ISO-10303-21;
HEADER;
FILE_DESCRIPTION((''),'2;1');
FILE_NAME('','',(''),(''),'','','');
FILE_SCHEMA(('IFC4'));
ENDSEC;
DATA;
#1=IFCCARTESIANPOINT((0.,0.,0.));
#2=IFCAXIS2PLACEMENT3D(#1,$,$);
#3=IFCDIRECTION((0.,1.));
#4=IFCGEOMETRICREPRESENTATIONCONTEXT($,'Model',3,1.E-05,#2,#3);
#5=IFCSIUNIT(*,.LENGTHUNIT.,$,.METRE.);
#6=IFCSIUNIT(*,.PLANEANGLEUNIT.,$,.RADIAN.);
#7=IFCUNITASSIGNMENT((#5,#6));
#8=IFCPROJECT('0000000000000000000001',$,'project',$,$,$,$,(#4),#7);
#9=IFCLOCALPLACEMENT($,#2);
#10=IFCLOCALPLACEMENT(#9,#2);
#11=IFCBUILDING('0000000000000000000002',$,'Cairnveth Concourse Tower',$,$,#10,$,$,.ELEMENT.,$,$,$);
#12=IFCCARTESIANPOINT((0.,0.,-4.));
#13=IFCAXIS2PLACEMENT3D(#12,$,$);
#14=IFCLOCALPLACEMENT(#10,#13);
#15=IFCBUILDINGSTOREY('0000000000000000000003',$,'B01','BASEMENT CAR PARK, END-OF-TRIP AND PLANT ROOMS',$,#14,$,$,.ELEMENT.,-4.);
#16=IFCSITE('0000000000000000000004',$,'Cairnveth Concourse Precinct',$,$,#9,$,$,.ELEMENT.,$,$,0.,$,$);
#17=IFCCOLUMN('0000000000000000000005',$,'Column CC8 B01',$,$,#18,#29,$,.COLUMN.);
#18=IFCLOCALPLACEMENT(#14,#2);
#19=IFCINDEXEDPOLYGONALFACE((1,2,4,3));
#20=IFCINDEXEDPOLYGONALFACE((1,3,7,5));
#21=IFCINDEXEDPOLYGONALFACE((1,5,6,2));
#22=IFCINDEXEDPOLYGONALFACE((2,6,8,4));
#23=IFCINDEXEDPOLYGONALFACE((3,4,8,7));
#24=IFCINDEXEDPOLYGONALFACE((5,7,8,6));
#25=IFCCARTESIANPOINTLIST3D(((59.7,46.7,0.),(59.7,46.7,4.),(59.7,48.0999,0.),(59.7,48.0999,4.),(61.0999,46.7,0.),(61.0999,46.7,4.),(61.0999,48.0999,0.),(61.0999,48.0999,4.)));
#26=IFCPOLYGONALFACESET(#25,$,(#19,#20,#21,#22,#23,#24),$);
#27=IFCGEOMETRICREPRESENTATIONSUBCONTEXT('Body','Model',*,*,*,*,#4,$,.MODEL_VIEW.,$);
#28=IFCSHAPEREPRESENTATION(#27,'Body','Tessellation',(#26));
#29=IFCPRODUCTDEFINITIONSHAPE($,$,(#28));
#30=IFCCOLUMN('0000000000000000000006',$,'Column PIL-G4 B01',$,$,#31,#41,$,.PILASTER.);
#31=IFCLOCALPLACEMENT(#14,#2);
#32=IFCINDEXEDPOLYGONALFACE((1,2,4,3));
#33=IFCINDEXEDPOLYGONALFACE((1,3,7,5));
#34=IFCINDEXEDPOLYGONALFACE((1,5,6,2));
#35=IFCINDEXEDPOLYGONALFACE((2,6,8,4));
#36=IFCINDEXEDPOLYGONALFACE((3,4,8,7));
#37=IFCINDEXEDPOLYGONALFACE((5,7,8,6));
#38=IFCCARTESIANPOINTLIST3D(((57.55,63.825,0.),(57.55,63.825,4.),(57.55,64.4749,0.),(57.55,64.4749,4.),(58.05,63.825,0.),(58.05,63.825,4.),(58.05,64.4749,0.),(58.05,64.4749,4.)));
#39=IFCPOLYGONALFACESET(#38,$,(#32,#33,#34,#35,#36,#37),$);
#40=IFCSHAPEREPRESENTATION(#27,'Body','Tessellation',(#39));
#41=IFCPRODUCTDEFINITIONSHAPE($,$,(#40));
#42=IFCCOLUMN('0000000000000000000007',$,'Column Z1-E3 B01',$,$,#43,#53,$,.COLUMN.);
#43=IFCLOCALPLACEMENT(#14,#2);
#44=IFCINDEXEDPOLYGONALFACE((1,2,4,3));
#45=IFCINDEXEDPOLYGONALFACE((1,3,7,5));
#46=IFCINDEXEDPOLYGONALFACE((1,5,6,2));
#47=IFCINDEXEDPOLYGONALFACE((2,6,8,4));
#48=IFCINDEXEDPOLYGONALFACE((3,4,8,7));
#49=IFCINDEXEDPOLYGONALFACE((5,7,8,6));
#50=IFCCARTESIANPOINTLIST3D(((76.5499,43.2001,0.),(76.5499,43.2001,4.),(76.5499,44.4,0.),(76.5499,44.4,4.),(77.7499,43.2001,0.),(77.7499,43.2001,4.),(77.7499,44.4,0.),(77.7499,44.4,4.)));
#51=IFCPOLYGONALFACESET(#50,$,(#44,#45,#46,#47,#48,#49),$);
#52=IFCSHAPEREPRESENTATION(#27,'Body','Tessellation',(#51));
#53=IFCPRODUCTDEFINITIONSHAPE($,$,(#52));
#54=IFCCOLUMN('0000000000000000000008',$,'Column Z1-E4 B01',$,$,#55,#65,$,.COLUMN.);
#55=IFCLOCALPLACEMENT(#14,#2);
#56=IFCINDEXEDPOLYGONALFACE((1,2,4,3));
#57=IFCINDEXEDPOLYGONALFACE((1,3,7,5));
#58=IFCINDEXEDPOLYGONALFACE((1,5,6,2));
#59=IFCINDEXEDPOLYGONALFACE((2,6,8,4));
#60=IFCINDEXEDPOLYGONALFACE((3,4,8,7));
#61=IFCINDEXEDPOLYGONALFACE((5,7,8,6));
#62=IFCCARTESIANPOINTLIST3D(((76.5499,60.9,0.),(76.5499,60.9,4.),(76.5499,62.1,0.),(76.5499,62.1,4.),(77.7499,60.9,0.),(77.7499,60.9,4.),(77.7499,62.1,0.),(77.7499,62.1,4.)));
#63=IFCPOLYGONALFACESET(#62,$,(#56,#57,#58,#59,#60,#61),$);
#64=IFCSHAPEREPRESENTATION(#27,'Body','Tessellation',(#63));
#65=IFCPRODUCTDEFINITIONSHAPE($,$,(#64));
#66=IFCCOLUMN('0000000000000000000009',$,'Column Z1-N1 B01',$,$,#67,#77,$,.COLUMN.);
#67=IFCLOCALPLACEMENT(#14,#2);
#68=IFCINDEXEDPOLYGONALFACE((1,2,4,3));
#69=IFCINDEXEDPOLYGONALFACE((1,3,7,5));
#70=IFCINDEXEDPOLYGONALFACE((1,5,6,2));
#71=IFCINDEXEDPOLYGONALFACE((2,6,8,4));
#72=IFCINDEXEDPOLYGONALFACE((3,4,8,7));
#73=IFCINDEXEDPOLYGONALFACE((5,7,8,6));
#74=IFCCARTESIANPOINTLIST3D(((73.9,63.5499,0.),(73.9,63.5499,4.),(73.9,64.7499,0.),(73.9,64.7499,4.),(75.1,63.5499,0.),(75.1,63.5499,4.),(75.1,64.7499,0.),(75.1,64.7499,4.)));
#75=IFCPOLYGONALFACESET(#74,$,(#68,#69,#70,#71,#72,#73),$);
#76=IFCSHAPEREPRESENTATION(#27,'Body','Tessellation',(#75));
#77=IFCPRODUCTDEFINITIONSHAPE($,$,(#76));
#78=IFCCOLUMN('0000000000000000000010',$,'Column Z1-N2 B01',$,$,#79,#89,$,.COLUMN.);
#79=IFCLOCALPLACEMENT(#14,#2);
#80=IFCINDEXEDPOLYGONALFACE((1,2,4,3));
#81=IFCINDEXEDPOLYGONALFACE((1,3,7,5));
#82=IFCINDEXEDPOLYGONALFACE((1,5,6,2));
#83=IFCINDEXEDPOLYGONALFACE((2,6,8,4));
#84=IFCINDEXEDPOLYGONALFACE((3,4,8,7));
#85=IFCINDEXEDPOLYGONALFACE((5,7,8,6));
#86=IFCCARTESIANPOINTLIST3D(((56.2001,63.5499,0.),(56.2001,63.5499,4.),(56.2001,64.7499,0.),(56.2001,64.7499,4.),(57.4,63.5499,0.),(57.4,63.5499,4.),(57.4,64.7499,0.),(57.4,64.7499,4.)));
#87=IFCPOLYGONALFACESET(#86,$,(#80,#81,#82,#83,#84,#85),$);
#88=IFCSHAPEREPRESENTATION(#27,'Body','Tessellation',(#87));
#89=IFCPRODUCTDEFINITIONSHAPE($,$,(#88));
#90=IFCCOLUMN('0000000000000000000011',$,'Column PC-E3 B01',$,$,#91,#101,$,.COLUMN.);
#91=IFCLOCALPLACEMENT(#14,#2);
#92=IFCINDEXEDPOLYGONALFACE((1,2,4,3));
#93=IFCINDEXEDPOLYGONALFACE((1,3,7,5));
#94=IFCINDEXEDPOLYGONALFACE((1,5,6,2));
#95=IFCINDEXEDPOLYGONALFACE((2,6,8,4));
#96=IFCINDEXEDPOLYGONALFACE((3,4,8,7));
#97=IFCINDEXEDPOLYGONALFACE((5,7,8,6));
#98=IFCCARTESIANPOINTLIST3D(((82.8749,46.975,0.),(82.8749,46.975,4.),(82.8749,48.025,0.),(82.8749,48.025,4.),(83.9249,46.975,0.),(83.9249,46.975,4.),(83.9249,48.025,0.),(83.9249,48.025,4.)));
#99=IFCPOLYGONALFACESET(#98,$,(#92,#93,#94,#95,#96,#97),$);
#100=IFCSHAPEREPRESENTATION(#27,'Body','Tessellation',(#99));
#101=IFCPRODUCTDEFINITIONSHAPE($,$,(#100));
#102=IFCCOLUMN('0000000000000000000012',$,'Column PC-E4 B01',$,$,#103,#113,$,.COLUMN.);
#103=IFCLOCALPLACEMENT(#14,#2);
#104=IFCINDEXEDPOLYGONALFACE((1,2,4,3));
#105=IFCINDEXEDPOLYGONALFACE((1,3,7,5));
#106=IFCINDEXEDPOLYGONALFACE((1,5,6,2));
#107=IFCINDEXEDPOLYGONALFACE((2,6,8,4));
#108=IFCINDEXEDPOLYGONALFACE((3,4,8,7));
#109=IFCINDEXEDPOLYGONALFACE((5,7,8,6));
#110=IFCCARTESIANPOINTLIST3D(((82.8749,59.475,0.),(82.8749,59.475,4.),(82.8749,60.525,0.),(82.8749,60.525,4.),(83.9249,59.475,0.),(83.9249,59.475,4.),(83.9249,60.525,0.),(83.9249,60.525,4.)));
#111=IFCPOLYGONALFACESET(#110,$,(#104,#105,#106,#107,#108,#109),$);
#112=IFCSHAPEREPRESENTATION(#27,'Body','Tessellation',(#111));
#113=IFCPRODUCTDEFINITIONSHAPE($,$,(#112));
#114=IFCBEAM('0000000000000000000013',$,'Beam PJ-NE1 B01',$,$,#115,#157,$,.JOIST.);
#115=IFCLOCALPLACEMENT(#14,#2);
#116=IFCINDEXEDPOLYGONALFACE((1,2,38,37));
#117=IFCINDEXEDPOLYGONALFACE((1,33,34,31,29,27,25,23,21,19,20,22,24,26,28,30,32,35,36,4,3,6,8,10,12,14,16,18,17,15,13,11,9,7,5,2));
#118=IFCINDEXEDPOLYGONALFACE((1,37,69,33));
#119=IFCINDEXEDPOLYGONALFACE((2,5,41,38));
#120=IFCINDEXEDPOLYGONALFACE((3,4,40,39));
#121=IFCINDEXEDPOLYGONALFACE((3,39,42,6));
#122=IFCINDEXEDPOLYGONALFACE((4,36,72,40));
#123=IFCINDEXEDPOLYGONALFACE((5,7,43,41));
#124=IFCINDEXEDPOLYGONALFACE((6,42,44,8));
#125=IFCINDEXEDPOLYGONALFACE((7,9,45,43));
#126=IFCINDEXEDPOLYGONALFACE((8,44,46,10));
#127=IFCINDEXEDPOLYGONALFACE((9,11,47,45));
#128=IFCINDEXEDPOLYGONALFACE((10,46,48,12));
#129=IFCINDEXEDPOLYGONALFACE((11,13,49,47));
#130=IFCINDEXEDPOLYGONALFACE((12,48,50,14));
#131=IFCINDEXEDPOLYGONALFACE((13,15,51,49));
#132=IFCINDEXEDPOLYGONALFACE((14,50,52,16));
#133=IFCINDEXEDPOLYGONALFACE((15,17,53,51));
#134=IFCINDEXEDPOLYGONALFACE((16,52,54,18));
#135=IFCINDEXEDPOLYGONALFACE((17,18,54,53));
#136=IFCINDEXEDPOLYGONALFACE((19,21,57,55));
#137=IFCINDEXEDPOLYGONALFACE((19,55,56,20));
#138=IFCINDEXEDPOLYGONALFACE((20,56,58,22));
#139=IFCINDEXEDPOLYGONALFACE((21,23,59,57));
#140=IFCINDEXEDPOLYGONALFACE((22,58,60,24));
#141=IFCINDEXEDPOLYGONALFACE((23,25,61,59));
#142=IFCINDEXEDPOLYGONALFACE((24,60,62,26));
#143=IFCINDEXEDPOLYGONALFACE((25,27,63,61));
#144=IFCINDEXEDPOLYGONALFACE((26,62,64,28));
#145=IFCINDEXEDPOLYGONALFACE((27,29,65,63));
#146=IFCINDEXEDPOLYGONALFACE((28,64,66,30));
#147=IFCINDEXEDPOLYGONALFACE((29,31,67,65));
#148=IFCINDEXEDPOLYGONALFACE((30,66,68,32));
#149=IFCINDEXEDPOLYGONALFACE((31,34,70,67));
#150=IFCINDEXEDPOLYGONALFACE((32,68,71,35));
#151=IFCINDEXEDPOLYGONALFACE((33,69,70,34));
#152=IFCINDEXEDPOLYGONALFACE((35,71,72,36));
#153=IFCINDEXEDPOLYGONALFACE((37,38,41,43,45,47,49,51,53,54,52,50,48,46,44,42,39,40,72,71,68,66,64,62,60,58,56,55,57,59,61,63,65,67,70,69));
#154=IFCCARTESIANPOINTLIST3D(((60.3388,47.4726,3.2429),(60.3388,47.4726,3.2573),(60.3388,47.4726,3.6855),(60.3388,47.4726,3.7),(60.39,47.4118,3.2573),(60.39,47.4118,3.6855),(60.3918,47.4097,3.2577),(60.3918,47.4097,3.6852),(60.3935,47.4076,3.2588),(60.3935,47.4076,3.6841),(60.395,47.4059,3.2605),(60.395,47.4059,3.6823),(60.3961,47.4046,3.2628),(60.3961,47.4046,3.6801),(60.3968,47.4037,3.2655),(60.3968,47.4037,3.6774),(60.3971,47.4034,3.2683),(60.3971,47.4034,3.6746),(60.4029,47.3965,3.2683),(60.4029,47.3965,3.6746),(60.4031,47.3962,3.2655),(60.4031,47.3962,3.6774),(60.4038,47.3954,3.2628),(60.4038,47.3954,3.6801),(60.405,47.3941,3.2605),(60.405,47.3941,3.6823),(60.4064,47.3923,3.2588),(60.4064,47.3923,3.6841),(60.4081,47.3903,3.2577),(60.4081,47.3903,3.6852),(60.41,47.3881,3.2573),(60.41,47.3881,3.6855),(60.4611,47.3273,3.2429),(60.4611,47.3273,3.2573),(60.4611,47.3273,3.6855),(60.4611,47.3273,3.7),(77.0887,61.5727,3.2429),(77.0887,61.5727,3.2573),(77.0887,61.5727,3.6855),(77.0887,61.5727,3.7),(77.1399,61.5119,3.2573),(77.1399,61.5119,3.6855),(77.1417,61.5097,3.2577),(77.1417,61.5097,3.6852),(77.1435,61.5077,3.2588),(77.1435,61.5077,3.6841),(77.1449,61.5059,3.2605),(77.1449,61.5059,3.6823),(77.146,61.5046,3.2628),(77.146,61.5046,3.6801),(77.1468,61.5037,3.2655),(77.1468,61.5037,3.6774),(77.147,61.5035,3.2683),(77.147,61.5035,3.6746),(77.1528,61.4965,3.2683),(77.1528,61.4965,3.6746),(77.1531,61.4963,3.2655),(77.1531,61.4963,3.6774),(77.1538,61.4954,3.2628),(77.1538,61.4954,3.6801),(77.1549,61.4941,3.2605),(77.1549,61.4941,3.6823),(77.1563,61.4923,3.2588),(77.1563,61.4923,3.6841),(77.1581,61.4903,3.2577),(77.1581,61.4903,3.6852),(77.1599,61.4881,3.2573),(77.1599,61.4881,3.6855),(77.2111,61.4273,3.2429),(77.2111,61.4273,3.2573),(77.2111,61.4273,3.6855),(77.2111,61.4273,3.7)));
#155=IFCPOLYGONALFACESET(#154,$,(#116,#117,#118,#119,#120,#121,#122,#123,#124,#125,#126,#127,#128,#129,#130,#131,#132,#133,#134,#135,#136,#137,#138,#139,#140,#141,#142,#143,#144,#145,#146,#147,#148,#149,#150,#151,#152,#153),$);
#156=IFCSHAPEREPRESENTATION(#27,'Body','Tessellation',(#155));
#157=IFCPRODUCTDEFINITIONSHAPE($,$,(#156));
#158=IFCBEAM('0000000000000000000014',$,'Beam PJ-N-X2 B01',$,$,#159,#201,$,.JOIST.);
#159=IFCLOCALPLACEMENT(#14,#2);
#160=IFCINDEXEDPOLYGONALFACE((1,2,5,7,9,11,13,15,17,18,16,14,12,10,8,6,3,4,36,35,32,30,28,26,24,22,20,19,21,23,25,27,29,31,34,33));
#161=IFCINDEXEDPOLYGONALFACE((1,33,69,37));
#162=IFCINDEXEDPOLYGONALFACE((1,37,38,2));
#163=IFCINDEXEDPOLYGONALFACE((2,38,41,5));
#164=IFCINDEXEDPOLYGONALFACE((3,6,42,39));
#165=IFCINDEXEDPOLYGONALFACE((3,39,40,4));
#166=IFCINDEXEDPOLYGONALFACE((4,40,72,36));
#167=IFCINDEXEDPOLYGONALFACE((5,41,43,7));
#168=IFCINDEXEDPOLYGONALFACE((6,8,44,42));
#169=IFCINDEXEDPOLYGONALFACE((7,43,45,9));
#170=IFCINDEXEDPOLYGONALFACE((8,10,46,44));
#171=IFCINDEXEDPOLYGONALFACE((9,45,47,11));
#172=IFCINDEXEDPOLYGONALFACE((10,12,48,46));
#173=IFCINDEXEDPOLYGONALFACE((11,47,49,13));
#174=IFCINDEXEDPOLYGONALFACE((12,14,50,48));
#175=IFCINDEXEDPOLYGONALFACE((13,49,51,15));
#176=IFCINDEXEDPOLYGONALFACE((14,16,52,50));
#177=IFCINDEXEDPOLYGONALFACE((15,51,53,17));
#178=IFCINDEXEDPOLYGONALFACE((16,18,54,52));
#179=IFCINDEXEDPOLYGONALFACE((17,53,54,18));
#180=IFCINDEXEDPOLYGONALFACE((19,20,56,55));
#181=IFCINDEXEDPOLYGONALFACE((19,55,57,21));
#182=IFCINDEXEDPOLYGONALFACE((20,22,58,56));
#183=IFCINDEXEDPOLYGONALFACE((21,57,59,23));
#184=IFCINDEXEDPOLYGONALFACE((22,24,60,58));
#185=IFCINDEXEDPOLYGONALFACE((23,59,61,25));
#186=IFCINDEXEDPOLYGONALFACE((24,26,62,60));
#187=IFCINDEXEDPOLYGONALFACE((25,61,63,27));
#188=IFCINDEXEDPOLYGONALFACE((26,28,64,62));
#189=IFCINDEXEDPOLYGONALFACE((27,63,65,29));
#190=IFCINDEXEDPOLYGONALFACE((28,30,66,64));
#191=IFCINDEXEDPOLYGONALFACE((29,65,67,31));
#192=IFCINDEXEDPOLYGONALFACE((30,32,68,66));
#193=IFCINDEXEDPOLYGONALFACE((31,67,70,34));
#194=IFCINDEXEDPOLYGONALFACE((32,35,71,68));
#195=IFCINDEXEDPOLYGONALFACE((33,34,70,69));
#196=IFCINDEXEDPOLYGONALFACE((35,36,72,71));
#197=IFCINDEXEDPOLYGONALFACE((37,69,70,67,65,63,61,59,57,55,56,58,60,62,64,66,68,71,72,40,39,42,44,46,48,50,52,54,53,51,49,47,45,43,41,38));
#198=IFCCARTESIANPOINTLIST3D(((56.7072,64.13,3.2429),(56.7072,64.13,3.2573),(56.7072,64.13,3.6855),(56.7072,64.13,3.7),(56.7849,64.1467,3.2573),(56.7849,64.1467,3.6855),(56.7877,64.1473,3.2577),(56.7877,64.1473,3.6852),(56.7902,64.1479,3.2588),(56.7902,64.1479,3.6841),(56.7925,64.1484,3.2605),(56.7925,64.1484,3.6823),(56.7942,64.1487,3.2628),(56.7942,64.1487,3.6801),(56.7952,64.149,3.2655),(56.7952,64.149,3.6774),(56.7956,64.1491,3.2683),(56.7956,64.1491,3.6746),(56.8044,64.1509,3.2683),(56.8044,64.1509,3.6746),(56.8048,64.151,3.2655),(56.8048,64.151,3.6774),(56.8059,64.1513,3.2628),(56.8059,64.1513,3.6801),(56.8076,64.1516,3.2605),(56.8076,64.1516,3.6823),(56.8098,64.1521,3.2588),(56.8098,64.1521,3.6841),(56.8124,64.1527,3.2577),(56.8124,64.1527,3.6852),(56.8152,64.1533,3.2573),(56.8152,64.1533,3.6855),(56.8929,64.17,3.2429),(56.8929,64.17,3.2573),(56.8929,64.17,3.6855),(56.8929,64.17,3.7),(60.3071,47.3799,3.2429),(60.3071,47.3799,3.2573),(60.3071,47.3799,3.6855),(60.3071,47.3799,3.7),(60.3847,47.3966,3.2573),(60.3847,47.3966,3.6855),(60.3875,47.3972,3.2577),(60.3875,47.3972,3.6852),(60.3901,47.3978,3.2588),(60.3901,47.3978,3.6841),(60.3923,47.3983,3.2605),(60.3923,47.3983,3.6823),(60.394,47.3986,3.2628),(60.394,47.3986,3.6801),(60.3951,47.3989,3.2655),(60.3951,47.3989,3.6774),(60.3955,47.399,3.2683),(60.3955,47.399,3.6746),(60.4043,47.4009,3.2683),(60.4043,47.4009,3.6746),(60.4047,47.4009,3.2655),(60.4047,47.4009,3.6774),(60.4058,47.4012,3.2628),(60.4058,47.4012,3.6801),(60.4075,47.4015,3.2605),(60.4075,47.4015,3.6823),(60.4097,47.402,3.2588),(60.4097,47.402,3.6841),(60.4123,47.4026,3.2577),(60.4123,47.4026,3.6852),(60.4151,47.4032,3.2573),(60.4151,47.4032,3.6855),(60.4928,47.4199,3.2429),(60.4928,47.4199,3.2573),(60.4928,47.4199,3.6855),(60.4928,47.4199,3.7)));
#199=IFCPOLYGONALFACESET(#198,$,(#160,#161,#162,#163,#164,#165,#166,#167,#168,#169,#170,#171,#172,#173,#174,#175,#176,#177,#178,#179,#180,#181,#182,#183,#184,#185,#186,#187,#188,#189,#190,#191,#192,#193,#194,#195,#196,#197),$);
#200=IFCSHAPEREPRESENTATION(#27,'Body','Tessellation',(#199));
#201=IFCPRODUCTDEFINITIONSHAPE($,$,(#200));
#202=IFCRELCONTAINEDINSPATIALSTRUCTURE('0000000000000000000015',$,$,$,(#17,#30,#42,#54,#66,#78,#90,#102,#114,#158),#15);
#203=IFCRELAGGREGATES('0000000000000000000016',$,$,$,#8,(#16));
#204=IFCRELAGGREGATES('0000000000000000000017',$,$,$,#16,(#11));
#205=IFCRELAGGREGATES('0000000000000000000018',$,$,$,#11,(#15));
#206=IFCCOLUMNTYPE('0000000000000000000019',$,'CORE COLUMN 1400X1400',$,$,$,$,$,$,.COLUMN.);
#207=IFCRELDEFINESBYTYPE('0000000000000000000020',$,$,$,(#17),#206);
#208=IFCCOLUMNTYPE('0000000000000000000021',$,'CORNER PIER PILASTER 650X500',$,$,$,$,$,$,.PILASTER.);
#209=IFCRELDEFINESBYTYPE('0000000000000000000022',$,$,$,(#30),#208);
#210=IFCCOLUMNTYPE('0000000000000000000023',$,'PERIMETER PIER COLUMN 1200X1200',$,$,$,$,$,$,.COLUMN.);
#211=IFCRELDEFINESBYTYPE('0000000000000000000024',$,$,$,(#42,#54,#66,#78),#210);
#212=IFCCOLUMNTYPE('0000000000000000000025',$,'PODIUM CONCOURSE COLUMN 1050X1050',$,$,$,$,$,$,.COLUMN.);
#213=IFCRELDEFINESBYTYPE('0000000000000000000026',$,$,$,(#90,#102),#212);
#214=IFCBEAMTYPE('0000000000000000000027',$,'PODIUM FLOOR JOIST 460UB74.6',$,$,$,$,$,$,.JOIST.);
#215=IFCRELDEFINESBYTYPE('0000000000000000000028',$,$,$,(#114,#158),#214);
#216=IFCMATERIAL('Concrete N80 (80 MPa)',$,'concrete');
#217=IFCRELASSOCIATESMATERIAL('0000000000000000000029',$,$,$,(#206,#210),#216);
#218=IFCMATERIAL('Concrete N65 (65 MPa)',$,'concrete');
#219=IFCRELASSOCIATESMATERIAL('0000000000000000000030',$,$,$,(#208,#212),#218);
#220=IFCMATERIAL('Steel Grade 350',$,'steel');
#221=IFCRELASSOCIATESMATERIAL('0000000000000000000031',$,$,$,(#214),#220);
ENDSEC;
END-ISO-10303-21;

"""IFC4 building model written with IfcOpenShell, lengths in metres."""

from ifc_helpers import new_model, si_unit, direction, frame, origin, origin_2d, place, context, subcontext, project, spatial, rectangle, i_section, extrude, material, material_profile, profile_set, type_object, element, save


model = new_model("IFC4")

# Units and contexts
model_context = context("Model", 3, precision=1e-05, world=origin(), true_north=direction((0.0, 1.0)))
body_context = subcontext(model_context, "Body", "Model", "MODEL_VIEW")
ifc_project = project(units=[si_unit("LENGTHUNIT", "METRE"), si_unit("PLANEANGLEUNIT", "RADIAN")], contexts=[model_context])

# Site, building, storey
site_placement = place(None, origin())
site = spatial("IfcSite", under=ifc_project, at=site_placement, Name="Cairnveth Concourse Precinct", CompositionType="ELEMENT", RefElevation=0.0)
building_placement = place(site_placement, origin())
building = spatial("IfcBuilding", under=site, at=building_placement, Name="Cairnveth Concourse Tower", CompositionType="ELEMENT")
storey_placement = place(building_placement, frame((0.0, 0.0, -4.0)))
storey = spatial("IfcBuildingStorey", under=building, at=storey_placement, Name="B01", Description="BASEMENT CAR PARK, END-OF-TRIP AND PLANT ROOMS", CompositionType="ELEMENT", Elevation=-4.0)

# Columns
ifc_material_1 = material(Name="Concrete N80 (80 MPa)", Category="concrete")
ifc_material_profile_1 = material_profile(ifc_material_1, rectangle(XDim=1.3999, YDim=1.3999, at=origin_2d()), Name="RC-COL-1400x1400")
ifc_profile_set_1 = profile_set([ifc_material_profile_1], Name="Concrete N80 (80 MPa)")
column_type_1 = type_object("IfcColumnType", Name="CORE COLUMN 1400X1400", PredefinedType="COLUMN", material=ifc_profile_set_1)
column_1_placement = place(storey_placement, frame((60.3999, 47.3999, 0.0), z_axis=(0.0, 0.0, 1.0), x_axis=(1.0, 0.0, 0.0)))
element("IfcColumn", 1, at=column_1_placement, inside=storey, type_object=column_type_1, Name="Column CC8 B01", PredefinedType="COLUMN", context=body_context, shape_type="SweptSolid", body=[
    extrude(rectangle(XDim=1.3999, YDim=1.3999, at=origin_2d()), origin(), (0.0, 0.0, 1.0), 4.0),
])
ifc_material_2 = material(Name="Concrete N65 (65 MPa)", Category="concrete")
ifc_material_profile_2 = material_profile(ifc_material_2, rectangle(XDim=0.5, YDim=0.6499, at=origin_2d()), Name="RC-PIL-650x500")
ifc_profile_set_2 = profile_set([ifc_material_profile_2], Name="Concrete N65 (65 MPa)")
column_type_2 = type_object("IfcColumnType", Name="CORNER PIER PILASTER 650X500", PredefinedType="PILASTER", material=ifc_profile_set_2)
column_2_placement = place(storey_placement, frame((57.8, 64.1499, 0.0), z_axis=(0.0, 0.0, 1.0), x_axis=(1.0, 0.0, 0.0)))
element("IfcColumn", 2, at=column_2_placement, inside=storey, type_object=column_type_2, Name="Column PIL-G4 B01", PredefinedType="PILASTER", context=body_context, shape_type="SweptSolid", body=[
    extrude(rectangle(XDim=0.5, YDim=0.6499, at=origin_2d()), origin(), (0.0, 0.0, 1.0), 4.0),
])
ifc_material_profile_3 = material_profile(ifc_material_1, rectangle(XDim=1.2, YDim=1.2, at=origin_2d()), Name="RC-COL-1200x1200")
ifc_profile_set_3 = profile_set([ifc_material_profile_3], Name="Concrete N80 (80 MPa)")
column_type_3 = type_object("IfcColumnType", Name="PERIMETER PIER COLUMN 1200X1200", PredefinedType="COLUMN", material=ifc_profile_set_3)
for number, where, z_axis, x_axis, name in (
    (3, (77.1499, 43.8, 0.0), (0.0, 0.0, 1.0), (1.0, 0.0, 0.0), "Column Z1-E3 B01"),
    (4, (77.1499, 61.5, 0.0), (0.0, 0.0, 1.0), (1.0, 0.0, 0.0), "Column Z1-E4 B01"),
    (5, (74.5, 64.1499, 0.0), (0.0, 0.0, 1.0), (1.0, 0.0, 0.0), "Column Z1-N1 B01"),
    (6, (56.8, 64.1499, 0.0), (0.0, 0.0, 1.0), (1.0, 0.0, 0.0), "Column Z1-N2 B01"),
):
    element("IfcColumn", number, at=place(storey_placement, frame(where, z_axis=z_axis, x_axis=x_axis)), inside=storey, type_object=column_type_3, Name=name, PredefinedType="COLUMN", context=body_context, shape_type="SweptSolid", body=[
        extrude(rectangle(XDim=1.2, YDim=1.2, at=origin_2d()), origin(), (0.0, 0.0, 1.0), 4.0),
    ])
ifc_material_profile_4 = material_profile(ifc_material_2, rectangle(XDim=1.05, YDim=1.05, at=origin_2d()), Name="RC-COL-1050x1050")
ifc_profile_set_4 = profile_set([ifc_material_profile_4], Name="Concrete N65 (65 MPa)")
column_type_4 = type_object("IfcColumnType", Name="PODIUM CONCOURSE COLUMN 1050X1050", PredefinedType="COLUMN", material=ifc_profile_set_4)
for number, where, z_axis, x_axis, name in (
    (7, (83.3999, 47.5, 0.0), (0.0, 0.0, 1.0), (1.0, 0.0, 0.0), "Column PC-E3 B01"),
    (8, (83.3999, 60.0, 0.0), (0.0, 0.0, 1.0), (1.0, 0.0, 0.0), "Column PC-E4 B01"),
):
    element("IfcColumn", number, at=place(storey_placement, frame(where, z_axis=z_axis, x_axis=x_axis)), inside=storey, type_object=column_type_4, Name=name, PredefinedType="COLUMN", context=body_context, shape_type="SweptSolid", body=[
        extrude(rectangle(XDim=1.05, YDim=1.05, at=origin_2d()), origin(), (0.0, 0.0, 1.0), 4.0),
    ])

# Beams
ifc_material_3 = material(Name="Steel Grade 350", Category="steel")
ifc_material_profile_5 = material_profile(ifc_material_3, i_section(OverallWidth=0.1899, OverallDepth=0.457, WebThickness=0.009, FlangeThickness=0.0144, FilletRadius=0.011, at=origin_2d()), Name="460UB74.6")
ifc_profile_set_5 = profile_set([ifc_material_profile_5], Name="Steel Grade 350")
beam_type_1 = type_object("IfcBeamType", Name="PODIUM FLOOR JOIST 460UB74.6", PredefinedType="JOIST", material=ifc_profile_set_5)
beam_1_placement = place(storey_placement, frame((77.1499, 61.5, 3.4714), z_axis=(-0.765027, -0.643998, 0.0), x_axis=(0.643998, -0.765027, 0.0)))
element("IfcBeam", 9, at=beam_1_placement, inside=storey, type_object=beam_type_1, Name="Beam PJ-NE1 B01", PredefinedType="JOIST", context=body_context, shape_type="SweptSolid", body=[
    extrude(i_section(OverallWidth=0.1899, OverallDepth=0.457, WebThickness=0.009, FlangeThickness=0.0144, FilletRadius=0.011, at=origin_2d()), origin(), (0.0, 0.0, 1.0), 21.8945),
])
beam_2_placement = place(storey_placement, frame((60.3999, 47.3999, 3.4714), z_axis=(-0.210119, 0.977676, 0.0), x_axis=(-0.977676, -0.210119, 0.0)))
element("IfcBeam", 10, at=beam_2_placement, inside=storey, type_object=beam_type_1, Name="Beam PJ-N-X2 B01", PredefinedType="JOIST", context=body_context, shape_type="SweptSolid", body=[
    extrude(i_section(OverallWidth=0.1899, OverallDepth=0.457, WebThickness=0.009, FlangeThickness=0.0144, FilletRadius=0.011, at=origin_2d()), origin(), (0.0, 0.0, 1.0), 17.1326),
])

save(model, "model.ifc")
